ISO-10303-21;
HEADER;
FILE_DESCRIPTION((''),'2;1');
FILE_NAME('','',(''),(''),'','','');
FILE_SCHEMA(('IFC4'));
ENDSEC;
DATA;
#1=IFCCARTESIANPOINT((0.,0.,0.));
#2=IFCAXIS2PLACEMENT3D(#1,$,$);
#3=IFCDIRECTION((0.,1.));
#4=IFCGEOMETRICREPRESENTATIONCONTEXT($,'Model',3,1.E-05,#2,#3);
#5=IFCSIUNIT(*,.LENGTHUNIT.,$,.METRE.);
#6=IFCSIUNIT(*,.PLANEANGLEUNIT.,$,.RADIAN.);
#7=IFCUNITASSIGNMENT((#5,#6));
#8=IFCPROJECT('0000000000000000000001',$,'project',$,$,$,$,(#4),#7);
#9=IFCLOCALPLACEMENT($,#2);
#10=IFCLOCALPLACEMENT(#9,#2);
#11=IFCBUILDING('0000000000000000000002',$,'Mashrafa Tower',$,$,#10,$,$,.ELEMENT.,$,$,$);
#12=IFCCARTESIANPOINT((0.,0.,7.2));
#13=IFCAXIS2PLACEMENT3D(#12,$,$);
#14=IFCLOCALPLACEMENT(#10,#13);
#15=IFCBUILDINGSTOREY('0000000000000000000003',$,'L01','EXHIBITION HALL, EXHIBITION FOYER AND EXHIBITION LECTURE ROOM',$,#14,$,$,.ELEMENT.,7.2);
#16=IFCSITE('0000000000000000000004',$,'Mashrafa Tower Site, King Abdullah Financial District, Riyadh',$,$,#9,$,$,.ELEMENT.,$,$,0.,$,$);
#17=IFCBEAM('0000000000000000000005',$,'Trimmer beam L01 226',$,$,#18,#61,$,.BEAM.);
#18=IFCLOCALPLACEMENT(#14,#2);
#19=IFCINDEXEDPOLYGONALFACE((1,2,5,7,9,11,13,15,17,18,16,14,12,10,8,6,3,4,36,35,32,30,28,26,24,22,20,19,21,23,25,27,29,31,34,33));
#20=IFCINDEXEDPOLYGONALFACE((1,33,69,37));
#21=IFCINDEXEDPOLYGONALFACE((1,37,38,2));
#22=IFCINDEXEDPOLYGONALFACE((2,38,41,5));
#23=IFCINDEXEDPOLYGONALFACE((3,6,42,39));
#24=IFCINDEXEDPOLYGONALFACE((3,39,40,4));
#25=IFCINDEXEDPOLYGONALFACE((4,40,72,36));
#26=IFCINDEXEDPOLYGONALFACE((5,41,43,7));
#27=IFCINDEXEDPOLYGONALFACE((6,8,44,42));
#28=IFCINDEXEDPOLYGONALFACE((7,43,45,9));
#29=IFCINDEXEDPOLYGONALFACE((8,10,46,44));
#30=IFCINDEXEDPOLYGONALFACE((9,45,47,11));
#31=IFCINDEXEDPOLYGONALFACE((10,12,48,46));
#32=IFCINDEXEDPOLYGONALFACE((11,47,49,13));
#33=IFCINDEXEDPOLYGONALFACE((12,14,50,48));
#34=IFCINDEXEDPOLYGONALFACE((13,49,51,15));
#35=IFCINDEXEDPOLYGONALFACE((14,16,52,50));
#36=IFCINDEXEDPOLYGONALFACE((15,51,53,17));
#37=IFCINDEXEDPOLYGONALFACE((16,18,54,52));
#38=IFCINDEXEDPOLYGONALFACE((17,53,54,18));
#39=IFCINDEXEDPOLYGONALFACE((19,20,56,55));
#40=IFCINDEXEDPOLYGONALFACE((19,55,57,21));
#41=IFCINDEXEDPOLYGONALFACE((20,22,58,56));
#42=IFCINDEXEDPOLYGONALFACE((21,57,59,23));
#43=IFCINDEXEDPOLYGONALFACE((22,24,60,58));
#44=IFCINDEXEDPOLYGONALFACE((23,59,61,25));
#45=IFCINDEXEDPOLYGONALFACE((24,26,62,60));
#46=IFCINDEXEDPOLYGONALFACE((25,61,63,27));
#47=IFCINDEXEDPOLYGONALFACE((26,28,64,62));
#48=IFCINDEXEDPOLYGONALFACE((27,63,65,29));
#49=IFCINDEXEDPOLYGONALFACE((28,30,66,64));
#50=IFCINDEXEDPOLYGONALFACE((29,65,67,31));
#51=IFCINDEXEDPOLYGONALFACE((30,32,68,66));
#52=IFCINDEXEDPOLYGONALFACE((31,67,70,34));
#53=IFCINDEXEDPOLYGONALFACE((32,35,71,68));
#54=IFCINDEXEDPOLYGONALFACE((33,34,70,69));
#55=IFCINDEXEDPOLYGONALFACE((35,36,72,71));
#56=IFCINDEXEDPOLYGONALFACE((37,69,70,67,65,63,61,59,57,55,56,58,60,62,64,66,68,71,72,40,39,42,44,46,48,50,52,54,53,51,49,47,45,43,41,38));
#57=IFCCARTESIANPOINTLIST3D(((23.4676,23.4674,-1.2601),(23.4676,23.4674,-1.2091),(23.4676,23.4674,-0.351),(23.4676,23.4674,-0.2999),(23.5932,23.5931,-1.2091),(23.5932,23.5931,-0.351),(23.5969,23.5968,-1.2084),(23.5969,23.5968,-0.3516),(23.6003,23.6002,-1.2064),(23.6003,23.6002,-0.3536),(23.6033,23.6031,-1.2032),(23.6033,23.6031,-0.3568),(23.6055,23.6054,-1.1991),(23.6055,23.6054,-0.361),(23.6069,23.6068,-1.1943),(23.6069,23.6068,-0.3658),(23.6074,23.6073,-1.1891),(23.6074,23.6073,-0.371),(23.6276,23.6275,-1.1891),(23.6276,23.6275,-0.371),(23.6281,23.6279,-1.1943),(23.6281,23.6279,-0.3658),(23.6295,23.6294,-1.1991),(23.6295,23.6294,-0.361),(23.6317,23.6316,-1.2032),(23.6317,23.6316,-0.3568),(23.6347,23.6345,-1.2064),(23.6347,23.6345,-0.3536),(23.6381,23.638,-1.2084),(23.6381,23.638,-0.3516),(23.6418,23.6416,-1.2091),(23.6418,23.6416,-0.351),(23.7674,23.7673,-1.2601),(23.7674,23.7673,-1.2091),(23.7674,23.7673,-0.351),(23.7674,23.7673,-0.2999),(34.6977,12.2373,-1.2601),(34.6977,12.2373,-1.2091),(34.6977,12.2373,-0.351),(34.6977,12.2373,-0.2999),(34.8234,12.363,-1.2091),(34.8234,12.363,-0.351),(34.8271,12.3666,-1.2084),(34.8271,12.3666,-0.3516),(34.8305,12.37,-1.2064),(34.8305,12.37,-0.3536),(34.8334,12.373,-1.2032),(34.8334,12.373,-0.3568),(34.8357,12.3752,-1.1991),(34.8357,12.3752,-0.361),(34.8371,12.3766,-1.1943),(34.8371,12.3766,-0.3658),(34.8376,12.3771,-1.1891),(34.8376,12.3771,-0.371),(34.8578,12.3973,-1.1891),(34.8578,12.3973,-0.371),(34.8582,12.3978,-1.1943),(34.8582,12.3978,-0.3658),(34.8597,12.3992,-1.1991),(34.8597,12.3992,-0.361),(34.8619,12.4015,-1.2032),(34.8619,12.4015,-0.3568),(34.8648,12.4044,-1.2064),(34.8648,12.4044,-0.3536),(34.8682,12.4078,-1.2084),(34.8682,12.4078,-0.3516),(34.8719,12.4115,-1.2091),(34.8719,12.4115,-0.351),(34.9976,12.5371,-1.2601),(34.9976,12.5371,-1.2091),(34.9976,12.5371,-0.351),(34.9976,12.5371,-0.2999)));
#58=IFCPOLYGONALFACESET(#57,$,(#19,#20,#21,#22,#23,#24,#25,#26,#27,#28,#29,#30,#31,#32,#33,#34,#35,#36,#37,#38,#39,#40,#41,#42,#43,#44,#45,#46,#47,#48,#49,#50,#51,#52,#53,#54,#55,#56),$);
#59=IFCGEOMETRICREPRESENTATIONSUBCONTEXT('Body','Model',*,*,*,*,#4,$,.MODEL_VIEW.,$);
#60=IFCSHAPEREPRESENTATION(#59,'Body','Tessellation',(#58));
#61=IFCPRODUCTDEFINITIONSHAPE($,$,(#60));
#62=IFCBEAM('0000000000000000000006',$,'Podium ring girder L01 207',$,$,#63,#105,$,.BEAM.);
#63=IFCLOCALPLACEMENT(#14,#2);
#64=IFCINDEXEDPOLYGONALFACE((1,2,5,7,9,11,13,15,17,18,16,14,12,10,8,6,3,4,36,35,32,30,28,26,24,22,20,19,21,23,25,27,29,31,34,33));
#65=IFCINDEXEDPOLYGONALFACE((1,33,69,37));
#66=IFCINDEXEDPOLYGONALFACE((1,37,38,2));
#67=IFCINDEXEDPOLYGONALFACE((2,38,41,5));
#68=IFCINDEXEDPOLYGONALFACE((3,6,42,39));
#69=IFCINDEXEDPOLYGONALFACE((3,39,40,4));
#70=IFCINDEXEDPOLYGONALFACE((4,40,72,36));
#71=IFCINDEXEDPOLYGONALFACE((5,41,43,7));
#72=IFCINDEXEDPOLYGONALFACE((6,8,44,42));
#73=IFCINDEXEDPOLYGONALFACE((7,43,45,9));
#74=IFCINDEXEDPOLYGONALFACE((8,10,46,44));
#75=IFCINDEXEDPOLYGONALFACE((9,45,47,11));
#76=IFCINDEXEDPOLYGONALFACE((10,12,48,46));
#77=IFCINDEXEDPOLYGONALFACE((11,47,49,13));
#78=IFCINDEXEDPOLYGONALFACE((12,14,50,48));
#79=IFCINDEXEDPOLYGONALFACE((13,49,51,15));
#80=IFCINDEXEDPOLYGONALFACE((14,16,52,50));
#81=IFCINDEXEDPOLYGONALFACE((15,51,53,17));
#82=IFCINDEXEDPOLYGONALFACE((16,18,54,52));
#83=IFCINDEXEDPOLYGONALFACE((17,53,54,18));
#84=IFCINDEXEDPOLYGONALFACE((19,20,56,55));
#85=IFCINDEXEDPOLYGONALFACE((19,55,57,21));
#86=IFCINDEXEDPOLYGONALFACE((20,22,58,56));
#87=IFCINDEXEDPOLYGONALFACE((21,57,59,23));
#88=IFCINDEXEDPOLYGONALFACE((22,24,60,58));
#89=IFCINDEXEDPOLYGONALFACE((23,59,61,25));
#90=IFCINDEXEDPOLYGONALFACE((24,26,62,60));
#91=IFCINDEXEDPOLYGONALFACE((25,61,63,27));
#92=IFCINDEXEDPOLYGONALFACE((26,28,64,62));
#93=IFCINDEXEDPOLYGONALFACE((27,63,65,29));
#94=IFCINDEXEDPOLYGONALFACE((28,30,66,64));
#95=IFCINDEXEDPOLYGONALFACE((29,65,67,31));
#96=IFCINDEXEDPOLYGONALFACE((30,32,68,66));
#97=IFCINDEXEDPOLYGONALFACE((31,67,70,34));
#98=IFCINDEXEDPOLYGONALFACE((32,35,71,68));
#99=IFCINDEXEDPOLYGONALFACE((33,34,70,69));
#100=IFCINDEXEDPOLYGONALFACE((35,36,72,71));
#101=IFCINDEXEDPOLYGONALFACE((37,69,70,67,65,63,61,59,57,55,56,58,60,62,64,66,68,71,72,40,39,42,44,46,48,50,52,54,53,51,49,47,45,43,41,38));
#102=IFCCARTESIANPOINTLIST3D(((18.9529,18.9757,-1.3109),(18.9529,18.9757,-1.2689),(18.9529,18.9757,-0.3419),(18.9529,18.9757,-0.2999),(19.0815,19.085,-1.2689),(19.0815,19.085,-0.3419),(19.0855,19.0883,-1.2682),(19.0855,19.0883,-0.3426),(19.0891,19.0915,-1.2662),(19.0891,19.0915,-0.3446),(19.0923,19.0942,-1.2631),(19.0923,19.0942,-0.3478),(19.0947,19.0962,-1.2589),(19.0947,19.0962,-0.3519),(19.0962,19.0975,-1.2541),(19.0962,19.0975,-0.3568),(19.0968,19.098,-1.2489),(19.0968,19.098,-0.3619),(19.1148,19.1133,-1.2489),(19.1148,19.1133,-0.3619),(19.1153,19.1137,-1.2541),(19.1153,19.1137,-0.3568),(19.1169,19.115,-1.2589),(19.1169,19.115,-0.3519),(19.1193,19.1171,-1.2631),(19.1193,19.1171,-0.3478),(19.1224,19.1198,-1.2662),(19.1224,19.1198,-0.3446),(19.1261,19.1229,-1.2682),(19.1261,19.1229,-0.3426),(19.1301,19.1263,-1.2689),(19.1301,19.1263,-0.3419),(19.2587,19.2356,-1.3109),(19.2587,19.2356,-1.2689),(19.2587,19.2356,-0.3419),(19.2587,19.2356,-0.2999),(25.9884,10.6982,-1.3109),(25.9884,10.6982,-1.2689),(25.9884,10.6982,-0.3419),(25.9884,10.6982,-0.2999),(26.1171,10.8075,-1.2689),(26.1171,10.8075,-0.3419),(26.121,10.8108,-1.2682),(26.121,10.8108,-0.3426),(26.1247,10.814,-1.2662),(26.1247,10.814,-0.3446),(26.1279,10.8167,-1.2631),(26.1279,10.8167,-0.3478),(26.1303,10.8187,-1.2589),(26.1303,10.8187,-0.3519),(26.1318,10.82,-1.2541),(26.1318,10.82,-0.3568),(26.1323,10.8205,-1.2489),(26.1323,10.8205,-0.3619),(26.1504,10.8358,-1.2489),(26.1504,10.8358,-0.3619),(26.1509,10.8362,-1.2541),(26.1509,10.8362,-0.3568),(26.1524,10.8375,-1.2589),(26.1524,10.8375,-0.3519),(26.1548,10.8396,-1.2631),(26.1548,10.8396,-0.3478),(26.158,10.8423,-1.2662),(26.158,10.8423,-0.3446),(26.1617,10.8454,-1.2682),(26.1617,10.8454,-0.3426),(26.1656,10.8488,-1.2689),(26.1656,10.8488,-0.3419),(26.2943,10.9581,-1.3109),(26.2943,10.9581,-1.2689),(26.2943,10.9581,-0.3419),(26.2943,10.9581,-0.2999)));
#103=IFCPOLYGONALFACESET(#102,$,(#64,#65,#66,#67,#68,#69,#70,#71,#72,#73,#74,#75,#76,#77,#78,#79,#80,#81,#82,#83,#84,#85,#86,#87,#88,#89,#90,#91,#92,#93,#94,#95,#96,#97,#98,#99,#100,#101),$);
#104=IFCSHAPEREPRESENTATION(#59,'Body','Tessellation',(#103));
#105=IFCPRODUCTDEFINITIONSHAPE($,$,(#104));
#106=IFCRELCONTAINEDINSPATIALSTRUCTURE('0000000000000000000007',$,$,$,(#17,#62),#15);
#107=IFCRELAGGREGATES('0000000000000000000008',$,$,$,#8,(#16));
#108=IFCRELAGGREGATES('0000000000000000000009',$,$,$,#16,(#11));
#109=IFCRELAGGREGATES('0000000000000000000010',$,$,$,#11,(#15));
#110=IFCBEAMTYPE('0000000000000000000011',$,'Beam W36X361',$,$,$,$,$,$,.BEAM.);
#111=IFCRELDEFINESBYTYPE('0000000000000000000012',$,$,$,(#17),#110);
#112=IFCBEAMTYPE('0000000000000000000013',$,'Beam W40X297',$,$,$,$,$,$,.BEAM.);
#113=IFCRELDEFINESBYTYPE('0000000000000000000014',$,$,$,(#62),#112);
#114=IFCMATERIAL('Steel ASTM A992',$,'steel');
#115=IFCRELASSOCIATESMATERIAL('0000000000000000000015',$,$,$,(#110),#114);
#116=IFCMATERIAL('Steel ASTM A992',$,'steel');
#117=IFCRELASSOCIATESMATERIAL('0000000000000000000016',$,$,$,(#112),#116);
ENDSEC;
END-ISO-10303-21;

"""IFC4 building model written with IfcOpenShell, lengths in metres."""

from ifc_helpers import new_model, si_unit, direction, frame, origin, origin_2d, place, context, subcontext, project, spatial, i_section, extrude, material, material_profile, profile_set, type_object, element, save


model = new_model("IFC4")

# Units and contexts
model_context = context("Model", 3, precision=1e-05, world=origin(), true_north=direction((0.0, 1.0)))
body_context = subcontext(model_context, "Body", "Model", "MODEL_VIEW")
ifc_project = project(units=[si_unit("LENGTHUNIT", "METRE"), si_unit("PLANEANGLEUNIT", "RADIAN")], contexts=[model_context])

# Site, building, storey
site_placement = place(None, origin())
site = spatial("IfcSite", under=ifc_project, at=site_placement, Name="Mashrafa Tower Site, King Abdullah Financial District, Riyadh", CompositionType="ELEMENT", RefElevation=0.0)
building_placement = place(site_placement, origin())
building = spatial("IfcBuilding", under=site, at=building_placement, Name="Mashrafa Tower", CompositionType="ELEMENT")
storey_placement = place(building_placement, frame((0.0, 0.0, 7.2)))
storey = spatial("IfcBuildingStorey", under=building, at=storey_placement, Name="L01", Description="EXHIBITION HALL, EXHIBITION FOYER AND EXHIBITION LECTURE ROOM", CompositionType="ELEMENT", Elevation=7.2)

# Beams
ifc_material_1 = material(Name="Steel ASTM A992", Category="steel")
ifc_material_profile_1 = material_profile(ifc_material_1, i_section(OverallWidth=0.4241, OverallDepth=0.9602, WebThickness=0.0286, FlangeThickness=0.051, FilletRadius=0.02, at=origin_2d()), Name="W36X361")
ifc_profile_set_1 = profile_set([ifc_material_profile_1], Name="Steel ASTM A992")
beam_type_1 = type_object("IfcBeamType", Name="Beam W36X361", PredefinedType="BEAM", material=ifc_profile_set_1)
beam_1_placement = place(storey_placement, frame((34.8477, 12.3872, -0.78), z_axis=(-0.707107, 0.707107, 0.0), x_axis=(-0.707107, -0.707107, 0.0)))
element("IfcBeam", 1, at=beam_1_placement, inside=storey, type_object=beam_type_1, Name="Trimmer beam L01 226", PredefinedType="BEAM", context=body_context, shape_type="SweptSolid", body=[
    extrude(i_section(OverallWidth=0.4241, OverallDepth=0.9602, WebThickness=0.0286, FlangeThickness=0.051, FilletRadius=0.02, at=origin_2d()), origin(), (0.0, 0.0, 1.0), 15.8818),
])
ifc_material_2 = material(Name="Steel ASTM A992", Category="steel")
ifc_material_profile_2 = material_profile(ifc_material_2, i_section(OverallWidth=0.4014, OverallDepth=1.011, WebThickness=0.0237, FlangeThickness=0.042, FilletRadius=0.02, at=origin_2d()), Name="W40X297")
ifc_profile_set_2 = profile_set([ifc_material_profile_2], Name="Steel ASTM A992")
beam_type_2 = type_object("IfcBeamType", Name="Beam W40X297", PredefinedType="BEAM", material=ifc_profile_set_2)
beam_2_placement = place(storey_placement, frame((26.1414, 10.8281, -0.8054), z_axis=(-0.647632, 0.761953, 0.0), x_axis=(-0.761953, -0.647632, 0.0)))
element("IfcBeam", 2, at=beam_2_placement, inside=storey, type_object=beam_type_2, Name="Podium ring girder L01 207", PredefinedType="BEAM", context=body_context, shape_type="SweptSolid", body=[
    extrude(i_section(OverallWidth=0.4014, OverallDepth=1.011, WebThickness=0.0237, FlangeThickness=0.042, FilletRadius=0.02, at=origin_2d()), origin(), (0.0, 0.0, 1.0), 10.8635),
])

save(model, "model.ifc")
